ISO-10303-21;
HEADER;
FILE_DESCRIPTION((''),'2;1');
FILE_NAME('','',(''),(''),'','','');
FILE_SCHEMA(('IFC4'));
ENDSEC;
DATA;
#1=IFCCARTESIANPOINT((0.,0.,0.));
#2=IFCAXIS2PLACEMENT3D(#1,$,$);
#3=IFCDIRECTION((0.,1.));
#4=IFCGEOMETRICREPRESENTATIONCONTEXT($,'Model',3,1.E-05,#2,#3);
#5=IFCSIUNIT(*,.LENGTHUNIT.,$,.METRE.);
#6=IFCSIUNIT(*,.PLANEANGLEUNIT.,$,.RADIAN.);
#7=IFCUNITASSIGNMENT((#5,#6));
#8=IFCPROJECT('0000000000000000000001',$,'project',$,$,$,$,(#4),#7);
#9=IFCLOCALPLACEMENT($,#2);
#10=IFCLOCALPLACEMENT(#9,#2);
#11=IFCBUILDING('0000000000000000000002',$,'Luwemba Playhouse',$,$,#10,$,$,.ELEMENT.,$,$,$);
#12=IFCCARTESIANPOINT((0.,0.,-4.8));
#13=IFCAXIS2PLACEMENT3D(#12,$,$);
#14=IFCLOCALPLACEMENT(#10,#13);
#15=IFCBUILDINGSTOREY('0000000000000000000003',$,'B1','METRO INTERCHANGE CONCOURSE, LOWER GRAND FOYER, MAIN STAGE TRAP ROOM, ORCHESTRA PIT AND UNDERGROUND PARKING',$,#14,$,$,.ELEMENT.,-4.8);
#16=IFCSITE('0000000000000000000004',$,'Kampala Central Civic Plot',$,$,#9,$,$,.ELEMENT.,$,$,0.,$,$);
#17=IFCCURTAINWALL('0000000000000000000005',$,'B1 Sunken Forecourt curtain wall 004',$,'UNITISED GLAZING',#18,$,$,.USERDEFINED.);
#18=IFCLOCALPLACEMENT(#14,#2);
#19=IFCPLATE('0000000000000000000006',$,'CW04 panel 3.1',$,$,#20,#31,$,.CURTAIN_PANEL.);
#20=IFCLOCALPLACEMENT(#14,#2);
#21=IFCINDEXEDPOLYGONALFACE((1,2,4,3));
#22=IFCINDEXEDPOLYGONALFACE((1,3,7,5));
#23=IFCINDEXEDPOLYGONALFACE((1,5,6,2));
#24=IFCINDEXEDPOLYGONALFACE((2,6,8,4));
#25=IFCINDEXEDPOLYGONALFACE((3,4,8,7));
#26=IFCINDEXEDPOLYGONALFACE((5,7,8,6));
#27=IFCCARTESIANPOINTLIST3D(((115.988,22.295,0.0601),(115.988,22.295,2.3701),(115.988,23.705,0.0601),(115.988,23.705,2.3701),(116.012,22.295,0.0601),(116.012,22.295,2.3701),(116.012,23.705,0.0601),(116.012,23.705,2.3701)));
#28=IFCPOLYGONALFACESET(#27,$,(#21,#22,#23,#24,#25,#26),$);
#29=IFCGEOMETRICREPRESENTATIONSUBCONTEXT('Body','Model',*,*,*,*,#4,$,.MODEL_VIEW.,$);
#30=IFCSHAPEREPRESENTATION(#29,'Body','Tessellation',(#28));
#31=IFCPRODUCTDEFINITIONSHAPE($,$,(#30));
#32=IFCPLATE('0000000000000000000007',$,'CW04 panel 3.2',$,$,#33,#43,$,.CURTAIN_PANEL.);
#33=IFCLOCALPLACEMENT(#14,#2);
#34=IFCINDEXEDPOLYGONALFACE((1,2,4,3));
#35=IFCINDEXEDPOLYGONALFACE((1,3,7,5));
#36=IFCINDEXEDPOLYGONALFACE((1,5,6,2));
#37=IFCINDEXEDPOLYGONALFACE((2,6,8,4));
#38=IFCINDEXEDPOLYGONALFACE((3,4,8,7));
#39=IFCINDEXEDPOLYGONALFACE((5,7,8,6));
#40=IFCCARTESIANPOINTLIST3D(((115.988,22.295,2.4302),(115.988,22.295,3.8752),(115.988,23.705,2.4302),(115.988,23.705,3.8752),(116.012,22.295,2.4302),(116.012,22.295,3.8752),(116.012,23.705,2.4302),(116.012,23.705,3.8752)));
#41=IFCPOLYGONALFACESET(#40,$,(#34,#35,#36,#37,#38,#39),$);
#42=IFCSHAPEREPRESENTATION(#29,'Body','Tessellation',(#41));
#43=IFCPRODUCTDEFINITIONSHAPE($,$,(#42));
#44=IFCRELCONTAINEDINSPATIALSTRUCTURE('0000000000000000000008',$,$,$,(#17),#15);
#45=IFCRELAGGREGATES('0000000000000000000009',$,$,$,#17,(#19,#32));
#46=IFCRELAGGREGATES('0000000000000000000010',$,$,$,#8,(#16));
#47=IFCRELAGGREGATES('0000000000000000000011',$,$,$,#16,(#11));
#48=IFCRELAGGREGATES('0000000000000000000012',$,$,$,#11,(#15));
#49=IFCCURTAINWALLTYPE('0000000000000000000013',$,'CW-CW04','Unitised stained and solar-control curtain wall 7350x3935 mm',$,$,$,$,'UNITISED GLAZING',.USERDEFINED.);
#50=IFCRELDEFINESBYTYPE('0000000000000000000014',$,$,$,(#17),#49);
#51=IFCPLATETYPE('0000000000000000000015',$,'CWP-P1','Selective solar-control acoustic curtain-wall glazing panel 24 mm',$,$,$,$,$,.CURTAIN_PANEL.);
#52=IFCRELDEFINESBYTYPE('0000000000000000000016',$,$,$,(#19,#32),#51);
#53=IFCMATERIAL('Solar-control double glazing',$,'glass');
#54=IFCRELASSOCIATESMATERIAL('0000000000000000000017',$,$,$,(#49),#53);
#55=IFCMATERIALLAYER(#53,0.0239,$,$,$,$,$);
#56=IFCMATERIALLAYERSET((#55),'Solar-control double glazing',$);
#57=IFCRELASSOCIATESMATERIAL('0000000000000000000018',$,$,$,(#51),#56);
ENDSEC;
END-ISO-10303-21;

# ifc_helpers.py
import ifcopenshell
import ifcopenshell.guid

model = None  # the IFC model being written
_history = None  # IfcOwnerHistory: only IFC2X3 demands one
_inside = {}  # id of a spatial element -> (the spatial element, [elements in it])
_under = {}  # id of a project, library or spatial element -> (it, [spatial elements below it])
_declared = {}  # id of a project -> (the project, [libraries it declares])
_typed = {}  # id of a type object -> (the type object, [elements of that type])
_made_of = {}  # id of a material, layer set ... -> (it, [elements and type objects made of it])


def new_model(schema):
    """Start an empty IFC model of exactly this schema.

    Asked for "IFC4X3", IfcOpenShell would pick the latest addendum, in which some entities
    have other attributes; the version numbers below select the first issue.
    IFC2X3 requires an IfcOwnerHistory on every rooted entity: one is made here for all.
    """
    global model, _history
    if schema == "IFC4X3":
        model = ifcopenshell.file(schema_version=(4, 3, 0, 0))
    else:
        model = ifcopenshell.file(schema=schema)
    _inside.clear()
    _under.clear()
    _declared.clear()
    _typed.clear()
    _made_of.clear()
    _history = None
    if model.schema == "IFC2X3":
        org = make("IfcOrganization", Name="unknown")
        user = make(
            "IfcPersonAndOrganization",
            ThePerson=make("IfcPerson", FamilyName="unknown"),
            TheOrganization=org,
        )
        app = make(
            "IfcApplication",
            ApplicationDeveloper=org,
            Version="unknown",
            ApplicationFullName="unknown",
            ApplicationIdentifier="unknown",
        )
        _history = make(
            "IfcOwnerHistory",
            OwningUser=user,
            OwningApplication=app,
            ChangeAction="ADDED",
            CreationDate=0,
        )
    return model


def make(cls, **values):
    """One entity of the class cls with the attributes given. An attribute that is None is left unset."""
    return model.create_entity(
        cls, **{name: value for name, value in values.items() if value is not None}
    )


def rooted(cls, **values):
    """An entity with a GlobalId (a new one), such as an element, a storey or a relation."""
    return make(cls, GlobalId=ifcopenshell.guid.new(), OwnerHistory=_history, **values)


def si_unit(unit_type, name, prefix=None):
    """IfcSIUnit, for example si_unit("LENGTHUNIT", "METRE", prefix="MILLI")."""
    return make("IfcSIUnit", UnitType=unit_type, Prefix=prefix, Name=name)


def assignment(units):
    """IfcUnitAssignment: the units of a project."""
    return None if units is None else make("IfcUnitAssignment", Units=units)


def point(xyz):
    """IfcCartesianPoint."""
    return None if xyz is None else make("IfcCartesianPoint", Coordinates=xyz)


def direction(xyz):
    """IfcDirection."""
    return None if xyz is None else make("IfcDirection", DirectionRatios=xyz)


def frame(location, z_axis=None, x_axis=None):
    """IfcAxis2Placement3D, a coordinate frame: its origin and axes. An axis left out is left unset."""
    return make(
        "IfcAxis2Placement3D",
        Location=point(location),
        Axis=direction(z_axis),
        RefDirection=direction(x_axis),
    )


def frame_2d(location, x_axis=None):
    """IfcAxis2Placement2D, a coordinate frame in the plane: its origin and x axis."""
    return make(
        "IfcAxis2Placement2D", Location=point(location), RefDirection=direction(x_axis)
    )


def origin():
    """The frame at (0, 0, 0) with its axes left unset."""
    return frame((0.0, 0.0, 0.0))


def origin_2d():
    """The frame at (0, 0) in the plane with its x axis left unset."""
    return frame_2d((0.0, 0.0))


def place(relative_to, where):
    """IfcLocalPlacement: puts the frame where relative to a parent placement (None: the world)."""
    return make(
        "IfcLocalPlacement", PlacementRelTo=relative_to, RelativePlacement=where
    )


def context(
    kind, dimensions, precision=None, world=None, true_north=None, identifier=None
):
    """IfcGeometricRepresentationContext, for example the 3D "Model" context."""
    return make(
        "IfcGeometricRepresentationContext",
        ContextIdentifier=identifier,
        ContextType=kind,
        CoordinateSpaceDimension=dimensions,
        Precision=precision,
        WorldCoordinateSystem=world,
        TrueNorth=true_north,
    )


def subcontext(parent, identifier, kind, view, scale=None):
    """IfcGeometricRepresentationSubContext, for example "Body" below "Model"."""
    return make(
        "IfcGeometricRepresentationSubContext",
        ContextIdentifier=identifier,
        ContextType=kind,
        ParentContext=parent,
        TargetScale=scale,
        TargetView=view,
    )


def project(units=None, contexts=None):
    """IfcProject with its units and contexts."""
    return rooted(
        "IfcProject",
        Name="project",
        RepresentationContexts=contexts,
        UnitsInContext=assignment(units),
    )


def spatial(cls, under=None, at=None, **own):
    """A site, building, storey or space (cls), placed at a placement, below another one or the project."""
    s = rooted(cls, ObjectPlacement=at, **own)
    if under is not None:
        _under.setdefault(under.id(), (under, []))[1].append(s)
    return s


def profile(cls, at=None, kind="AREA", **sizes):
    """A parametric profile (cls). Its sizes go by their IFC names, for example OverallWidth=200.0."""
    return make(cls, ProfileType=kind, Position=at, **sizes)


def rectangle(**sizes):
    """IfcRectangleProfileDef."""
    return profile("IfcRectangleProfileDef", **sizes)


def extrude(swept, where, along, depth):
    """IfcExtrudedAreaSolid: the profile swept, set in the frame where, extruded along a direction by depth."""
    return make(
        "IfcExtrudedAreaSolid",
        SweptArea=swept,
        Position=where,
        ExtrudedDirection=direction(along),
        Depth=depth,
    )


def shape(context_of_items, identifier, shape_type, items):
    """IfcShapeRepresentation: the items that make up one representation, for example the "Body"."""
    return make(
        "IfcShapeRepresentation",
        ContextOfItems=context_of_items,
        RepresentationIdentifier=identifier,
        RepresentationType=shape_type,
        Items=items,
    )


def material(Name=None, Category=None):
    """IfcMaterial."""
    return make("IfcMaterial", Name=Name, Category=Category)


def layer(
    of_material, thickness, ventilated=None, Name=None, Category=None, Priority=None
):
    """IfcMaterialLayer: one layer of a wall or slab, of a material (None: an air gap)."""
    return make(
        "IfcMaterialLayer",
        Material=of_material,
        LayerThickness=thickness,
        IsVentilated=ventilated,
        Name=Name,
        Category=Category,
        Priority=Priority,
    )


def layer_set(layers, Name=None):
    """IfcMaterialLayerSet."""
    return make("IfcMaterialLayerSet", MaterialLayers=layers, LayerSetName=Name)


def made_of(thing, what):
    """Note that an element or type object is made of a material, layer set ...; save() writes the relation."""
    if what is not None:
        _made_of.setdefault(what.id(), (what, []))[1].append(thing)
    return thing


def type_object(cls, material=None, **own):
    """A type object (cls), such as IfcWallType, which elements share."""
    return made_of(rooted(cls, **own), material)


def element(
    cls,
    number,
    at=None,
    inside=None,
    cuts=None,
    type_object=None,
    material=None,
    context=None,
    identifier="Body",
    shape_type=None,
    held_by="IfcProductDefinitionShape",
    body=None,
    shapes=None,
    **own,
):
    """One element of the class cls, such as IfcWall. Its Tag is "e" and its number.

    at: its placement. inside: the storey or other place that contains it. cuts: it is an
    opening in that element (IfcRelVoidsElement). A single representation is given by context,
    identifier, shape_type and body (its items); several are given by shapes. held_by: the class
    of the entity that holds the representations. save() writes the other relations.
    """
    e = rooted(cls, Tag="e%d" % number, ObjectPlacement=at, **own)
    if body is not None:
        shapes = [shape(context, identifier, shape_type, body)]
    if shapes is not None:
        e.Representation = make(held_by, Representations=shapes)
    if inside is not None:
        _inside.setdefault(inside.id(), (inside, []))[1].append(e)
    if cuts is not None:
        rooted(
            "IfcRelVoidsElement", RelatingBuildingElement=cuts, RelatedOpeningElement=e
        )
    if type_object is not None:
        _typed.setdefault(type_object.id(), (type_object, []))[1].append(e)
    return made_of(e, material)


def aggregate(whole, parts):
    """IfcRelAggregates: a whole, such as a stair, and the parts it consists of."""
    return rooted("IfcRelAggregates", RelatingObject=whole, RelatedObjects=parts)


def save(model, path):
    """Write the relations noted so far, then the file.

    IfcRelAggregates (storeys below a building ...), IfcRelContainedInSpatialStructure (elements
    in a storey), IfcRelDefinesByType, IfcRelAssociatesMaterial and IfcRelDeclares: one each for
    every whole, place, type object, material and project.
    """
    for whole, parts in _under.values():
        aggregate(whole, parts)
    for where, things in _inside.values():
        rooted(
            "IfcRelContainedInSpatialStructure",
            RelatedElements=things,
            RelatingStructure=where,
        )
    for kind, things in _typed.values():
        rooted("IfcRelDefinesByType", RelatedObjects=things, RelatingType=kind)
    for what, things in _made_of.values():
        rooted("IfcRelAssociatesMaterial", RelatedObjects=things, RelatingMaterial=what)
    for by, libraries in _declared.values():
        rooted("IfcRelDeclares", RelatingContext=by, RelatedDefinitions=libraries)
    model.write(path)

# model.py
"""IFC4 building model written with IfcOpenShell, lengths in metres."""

from ifc_helpers import new_model, si_unit, direction, frame, origin, origin_2d, place, context, subcontext, project, spatial, rectangle, extrude, material, layer, layer_set, type_object, element, aggregate, save


model = new_model("IFC4")

# Units and contexts
model_context = context("Model", 3, precision=1e-05, world=origin(), true_north=direction((0.0, 1.0)))
body_context = subcontext(model_context, "Body", "Model", "MODEL_VIEW")
ifc_project = project(units=[si_unit("LENGTHUNIT", "METRE"), si_unit("PLANEANGLEUNIT", "RADIAN")], contexts=[model_context])

# Site, building, storey
site_placement = place(None, origin())
site = spatial("IfcSite", under=ifc_project, at=site_placement, Name="Kampala Central Civic Plot", CompositionType="ELEMENT", RefElevation=0.0)
building_placement = place(site_placement, origin())
building = spatial("IfcBuilding", under=site, at=building_placement, Name="Luwemba Playhouse", CompositionType="ELEMENT")
storey_placement = place(building_placement, frame((0.0, 0.0, -4.8)))
storey = spatial("IfcBuildingStorey", under=building, at=storey_placement, Name="B1", Description="METRO INTERCHANGE CONCOURSE, LOWER GRAND FOYER, MAIN STAGE TRAP ROOM, ORCHESTRA PIT AND UNDERGROUND PARKING", CompositionType="ELEMENT", Elevation=-4.8)

# Curtain wall, plates
ifc_material_1 = material(Name="Solar-control double glazing", Category="glass")
curtain_wall_type = type_object("IfcCurtainWallType", Name="CW-CW04", Description="Unitised stained and solar-control curtain wall 7350x3935 mm", ElementType="UNITISED GLAZING", PredefinedType="USERDEFINED", material=ifc_material_1)
curtain_wall_placement = place(storey_placement, origin())
curtain_wall = element("IfcCurtainWall", 1, at=curtain_wall_placement, inside=storey, type_object=curtain_wall_type, Name="B1 Sunken Forecourt curtain wall 004", ObjectType="UNITISED GLAZING", PredefinedType="USERDEFINED")
ifc_layer = layer(ifc_material_1, 0.0239)
ifc_layer_set = layer_set([ifc_layer], Name="Solar-control double glazing")
plate_type = type_object("IfcPlateType", Name="CWP-P1", Description="Selective solar-control acoustic curtain-wall glazing panel 24 mm", PredefinedType="CURTAIN_PANEL", material=ifc_layer_set)
plate_1_placement = place(storey_placement, frame((116.0, 23.0, 0.0601), z_axis=(0.0, 0.0, 1.0), x_axis=(0.0, 1.0, 0.0)))
plate_1 = element("IfcPlate", 2, at=plate_1_placement, type_object=plate_type, Name="CW04 panel 3.1", PredefinedType="CURTAIN_PANEL", context=body_context, shape_type="SweptSolid", body=[
    extrude(rectangle(XDim=1.4099, YDim=0.0239, at=origin_2d()), origin(), (0.0, 0.0, 1.0), 2.3101),
])
plate_2_placement = place(storey_placement, frame((116.0, 23.0, 2.4302), z_axis=(0.0, 0.0, 1.0), x_axis=(0.0, 1.0, 0.0)))
plate_2 = element("IfcPlate", 3, at=plate_2_placement, type_object=plate_type, Name="CW04 panel 3.2", PredefinedType="CURTAIN_PANEL", context=body_context, shape_type="SweptSolid", body=[
    extrude(rectangle(XDim=1.4099, YDim=0.0239, at=origin_2d()), origin(), (0.0, 0.0, 1.0), 1.4451),
])
aggregate(curtain_wall, [plate_1, plate_2])

save(model, "model.ifc")
